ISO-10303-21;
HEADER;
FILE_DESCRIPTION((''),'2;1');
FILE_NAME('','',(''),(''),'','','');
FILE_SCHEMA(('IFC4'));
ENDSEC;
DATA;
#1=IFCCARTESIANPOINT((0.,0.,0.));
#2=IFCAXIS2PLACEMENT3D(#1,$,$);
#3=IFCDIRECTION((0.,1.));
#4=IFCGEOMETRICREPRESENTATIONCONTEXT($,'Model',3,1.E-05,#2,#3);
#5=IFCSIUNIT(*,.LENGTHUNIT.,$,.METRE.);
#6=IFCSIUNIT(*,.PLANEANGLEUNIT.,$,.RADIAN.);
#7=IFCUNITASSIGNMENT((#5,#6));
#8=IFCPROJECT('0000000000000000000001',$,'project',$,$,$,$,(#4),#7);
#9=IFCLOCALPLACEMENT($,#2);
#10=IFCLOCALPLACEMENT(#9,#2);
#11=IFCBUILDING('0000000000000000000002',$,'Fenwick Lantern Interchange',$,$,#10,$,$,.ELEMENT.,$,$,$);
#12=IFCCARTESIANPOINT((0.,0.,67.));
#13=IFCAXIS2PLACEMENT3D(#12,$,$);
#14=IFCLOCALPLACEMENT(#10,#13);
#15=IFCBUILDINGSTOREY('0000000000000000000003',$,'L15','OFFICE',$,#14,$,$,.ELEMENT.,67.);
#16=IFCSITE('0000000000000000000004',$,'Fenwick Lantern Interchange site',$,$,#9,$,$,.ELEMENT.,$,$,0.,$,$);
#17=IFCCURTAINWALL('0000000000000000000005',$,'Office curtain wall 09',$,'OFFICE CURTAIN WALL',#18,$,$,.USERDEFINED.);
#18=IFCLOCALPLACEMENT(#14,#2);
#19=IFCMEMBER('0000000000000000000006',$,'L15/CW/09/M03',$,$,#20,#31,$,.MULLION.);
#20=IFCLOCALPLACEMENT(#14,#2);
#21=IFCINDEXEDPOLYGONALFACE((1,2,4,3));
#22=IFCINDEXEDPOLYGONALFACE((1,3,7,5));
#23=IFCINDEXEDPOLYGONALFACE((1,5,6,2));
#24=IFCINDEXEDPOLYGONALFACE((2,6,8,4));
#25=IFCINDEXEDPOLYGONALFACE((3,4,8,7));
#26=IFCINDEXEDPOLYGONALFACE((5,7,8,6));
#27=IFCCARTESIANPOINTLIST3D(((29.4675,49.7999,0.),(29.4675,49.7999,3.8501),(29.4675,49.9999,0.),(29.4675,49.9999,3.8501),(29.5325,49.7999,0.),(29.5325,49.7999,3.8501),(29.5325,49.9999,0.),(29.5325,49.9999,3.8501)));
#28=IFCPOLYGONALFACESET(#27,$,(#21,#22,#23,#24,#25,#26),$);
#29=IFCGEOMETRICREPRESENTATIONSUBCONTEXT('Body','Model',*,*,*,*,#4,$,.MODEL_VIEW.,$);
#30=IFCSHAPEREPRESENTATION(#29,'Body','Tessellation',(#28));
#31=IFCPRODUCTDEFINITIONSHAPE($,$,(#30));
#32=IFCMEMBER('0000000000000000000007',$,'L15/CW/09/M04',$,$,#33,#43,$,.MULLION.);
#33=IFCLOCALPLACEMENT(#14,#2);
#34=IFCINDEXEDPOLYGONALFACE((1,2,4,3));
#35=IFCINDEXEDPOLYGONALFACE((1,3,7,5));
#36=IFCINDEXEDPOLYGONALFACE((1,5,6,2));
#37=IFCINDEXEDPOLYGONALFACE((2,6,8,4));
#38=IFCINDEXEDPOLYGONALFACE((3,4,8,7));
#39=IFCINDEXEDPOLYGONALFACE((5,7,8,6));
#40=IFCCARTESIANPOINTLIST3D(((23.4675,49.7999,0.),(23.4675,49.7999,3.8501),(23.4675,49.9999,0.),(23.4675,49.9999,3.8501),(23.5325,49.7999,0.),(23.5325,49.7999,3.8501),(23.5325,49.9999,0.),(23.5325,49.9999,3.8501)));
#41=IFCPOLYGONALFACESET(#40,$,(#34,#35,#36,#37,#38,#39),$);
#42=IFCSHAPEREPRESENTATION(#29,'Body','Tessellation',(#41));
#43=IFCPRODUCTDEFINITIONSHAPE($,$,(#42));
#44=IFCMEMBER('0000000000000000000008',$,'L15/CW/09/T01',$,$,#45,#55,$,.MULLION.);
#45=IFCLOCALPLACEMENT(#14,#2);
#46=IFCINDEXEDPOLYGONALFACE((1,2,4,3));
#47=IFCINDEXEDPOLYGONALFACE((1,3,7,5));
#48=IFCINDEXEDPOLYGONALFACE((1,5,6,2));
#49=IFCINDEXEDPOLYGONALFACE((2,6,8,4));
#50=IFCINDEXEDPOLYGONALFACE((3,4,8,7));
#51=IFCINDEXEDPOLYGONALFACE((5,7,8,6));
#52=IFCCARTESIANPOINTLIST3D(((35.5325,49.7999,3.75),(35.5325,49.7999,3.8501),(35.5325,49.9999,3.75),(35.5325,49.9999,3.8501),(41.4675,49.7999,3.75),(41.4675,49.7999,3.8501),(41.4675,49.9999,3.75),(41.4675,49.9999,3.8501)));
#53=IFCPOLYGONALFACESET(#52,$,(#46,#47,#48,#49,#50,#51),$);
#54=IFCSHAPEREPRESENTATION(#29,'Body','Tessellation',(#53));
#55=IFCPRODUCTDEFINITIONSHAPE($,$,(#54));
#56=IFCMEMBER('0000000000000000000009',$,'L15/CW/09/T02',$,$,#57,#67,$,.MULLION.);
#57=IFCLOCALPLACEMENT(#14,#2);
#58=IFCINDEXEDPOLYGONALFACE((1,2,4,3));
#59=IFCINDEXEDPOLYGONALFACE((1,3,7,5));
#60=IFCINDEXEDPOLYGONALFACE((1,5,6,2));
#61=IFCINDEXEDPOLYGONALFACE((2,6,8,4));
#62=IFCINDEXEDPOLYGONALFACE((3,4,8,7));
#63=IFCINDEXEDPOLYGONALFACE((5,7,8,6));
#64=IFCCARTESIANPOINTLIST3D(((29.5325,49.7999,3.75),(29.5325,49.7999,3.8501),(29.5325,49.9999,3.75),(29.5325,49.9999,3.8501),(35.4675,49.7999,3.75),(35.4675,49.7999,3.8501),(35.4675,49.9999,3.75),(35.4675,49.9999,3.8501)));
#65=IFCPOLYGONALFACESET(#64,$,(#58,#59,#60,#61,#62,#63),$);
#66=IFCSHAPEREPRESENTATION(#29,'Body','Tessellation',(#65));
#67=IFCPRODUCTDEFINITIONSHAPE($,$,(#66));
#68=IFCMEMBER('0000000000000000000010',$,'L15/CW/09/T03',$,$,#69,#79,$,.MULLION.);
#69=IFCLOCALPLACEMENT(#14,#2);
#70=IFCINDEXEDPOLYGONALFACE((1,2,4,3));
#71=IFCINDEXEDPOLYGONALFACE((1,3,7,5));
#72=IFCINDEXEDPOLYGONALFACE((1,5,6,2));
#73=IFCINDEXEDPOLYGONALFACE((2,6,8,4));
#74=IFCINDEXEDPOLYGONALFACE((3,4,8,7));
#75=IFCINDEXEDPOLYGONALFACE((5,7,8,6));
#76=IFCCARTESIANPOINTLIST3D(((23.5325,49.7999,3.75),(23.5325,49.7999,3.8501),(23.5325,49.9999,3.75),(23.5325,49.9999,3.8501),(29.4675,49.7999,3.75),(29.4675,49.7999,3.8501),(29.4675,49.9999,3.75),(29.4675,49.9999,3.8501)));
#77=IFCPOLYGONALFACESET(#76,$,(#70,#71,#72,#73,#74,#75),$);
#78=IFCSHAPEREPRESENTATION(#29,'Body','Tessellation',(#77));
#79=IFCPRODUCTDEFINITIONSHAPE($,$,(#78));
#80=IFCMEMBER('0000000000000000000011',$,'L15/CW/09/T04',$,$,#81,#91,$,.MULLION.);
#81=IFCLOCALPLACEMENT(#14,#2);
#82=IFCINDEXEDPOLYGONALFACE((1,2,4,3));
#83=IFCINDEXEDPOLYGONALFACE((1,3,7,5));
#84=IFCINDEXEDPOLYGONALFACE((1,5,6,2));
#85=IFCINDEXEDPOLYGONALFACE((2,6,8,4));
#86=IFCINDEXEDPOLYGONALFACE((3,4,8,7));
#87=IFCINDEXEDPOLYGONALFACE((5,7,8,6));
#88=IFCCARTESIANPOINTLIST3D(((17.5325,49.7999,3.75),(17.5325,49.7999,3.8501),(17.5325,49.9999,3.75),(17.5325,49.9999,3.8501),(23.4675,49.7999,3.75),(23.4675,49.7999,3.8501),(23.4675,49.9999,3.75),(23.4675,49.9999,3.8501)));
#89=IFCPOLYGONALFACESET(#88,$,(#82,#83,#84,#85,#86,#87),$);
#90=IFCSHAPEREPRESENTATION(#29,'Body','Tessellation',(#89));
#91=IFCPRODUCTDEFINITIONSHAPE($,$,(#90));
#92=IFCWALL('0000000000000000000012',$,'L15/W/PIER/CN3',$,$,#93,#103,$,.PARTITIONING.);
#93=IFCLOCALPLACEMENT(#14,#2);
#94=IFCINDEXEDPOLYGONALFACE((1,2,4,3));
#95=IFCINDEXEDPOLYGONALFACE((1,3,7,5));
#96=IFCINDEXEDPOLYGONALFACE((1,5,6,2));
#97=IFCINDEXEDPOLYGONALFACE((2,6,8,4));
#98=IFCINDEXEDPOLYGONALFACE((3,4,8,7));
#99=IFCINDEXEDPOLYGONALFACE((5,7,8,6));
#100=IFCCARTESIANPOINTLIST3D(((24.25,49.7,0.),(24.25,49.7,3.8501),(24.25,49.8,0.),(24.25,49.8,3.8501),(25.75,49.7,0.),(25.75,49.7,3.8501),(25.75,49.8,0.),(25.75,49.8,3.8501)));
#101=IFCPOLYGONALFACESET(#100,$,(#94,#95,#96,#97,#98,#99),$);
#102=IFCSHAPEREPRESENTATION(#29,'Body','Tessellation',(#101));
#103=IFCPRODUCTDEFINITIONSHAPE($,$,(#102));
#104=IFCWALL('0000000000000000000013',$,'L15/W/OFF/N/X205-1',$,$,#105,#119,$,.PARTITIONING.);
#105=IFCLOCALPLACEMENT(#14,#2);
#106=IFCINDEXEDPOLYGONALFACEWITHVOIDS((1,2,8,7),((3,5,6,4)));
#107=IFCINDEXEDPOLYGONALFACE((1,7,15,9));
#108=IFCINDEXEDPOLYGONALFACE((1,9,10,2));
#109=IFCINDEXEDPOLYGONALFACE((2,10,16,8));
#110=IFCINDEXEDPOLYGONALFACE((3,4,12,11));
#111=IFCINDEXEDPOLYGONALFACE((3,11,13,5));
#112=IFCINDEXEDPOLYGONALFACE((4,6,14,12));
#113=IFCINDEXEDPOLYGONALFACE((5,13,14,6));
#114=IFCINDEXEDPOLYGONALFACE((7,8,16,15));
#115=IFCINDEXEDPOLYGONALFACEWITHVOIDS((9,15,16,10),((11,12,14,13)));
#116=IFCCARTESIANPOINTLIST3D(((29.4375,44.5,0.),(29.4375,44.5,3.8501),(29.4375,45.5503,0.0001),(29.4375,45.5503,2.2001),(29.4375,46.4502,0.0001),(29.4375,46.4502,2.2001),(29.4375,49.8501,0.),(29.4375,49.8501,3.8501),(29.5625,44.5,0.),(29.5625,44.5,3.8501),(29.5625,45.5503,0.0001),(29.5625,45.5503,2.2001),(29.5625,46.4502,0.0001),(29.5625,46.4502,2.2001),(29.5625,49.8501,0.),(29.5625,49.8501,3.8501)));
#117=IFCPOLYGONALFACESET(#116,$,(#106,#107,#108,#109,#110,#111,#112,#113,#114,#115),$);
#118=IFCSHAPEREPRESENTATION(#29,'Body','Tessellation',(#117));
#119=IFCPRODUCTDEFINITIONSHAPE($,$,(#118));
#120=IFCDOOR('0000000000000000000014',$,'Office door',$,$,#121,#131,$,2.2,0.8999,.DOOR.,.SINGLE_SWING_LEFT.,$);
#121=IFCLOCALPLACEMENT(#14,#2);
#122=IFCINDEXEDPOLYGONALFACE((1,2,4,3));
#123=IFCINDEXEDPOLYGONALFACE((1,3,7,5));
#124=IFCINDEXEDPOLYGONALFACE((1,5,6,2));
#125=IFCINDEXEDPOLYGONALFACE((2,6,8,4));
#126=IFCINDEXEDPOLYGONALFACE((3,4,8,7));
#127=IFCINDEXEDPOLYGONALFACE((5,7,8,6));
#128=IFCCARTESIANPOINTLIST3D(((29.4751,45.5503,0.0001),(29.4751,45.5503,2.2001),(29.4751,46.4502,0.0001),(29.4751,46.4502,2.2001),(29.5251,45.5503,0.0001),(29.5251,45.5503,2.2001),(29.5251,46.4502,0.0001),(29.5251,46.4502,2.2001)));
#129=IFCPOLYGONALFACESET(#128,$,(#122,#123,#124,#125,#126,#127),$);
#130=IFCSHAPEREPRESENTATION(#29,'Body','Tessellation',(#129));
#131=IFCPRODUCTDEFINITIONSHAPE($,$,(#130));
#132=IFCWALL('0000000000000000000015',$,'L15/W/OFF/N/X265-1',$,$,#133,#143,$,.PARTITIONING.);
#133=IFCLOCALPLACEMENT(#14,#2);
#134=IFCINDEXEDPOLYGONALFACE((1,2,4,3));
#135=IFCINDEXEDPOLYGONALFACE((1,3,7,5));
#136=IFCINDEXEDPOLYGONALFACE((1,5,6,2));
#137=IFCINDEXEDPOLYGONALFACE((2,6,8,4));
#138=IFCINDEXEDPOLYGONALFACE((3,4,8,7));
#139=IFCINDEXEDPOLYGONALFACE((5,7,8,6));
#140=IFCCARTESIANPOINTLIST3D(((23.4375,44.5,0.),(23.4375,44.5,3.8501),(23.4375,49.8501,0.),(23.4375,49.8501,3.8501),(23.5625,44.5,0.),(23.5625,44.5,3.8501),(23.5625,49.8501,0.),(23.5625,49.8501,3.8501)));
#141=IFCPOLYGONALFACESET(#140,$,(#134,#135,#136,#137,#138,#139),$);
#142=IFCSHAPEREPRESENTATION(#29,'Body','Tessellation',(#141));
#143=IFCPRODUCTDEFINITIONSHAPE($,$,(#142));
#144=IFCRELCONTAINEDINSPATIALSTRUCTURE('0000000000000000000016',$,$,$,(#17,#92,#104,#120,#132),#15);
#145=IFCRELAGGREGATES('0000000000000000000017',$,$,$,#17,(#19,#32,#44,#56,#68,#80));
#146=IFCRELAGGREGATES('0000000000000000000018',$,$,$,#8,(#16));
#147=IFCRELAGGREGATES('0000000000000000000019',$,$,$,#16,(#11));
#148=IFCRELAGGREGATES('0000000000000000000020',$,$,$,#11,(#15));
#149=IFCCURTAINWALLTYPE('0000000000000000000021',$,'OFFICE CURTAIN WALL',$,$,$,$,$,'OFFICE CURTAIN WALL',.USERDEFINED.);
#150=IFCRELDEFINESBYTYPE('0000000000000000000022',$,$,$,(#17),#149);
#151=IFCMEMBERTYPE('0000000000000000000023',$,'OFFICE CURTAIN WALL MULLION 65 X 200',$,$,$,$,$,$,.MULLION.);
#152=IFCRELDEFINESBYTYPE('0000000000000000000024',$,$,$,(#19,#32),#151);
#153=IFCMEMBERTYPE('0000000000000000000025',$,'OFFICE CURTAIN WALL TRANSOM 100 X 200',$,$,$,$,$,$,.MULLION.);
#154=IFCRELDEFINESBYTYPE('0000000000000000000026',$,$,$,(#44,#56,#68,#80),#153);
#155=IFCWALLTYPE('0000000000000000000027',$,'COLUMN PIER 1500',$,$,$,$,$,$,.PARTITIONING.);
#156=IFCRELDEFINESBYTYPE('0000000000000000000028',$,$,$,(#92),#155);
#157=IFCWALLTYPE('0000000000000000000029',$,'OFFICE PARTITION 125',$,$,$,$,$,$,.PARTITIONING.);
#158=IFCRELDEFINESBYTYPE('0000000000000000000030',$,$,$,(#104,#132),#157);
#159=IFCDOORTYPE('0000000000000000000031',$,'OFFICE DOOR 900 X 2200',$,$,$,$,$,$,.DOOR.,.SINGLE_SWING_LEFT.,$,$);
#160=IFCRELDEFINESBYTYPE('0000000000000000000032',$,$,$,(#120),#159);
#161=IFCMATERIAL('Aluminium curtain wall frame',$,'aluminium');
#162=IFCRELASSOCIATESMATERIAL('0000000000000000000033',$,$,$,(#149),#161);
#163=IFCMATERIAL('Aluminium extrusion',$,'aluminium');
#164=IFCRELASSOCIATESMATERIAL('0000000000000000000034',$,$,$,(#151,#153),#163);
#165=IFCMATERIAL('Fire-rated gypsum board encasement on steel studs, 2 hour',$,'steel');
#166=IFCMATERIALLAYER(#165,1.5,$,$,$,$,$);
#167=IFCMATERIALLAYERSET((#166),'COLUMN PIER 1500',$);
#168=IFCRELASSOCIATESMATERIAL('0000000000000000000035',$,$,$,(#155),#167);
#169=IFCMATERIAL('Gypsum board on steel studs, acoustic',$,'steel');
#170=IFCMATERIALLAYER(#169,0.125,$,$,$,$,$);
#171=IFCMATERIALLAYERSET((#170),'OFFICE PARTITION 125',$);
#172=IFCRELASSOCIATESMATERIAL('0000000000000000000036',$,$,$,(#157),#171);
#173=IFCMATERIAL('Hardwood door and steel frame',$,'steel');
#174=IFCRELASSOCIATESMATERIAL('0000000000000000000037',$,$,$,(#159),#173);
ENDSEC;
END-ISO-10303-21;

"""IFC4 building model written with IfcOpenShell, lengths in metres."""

from ifc_helpers import new_model, si_unit, direction, frame, frame_2d, origin, origin_2d, place, context, subcontext, project, spatial, rectangle, extrude, material, layer, layer_set, material_profile, profile_set, type_object, element, fill, aggregate, save


model = new_model("IFC4")

# Units and contexts
model_context = context("Model", 3, precision=1e-05, world=origin(), true_north=direction((0.0, 1.0)))
body_context = subcontext(model_context, "Body", "Model", "MODEL_VIEW")
ifc_project = project(units=[si_unit("LENGTHUNIT", "METRE"), si_unit("PLANEANGLEUNIT", "RADIAN")], contexts=[model_context])

# Site, building, storey
site_placement = place(None, origin())
site = spatial("IfcSite", under=ifc_project, at=site_placement, Name="Fenwick Lantern Interchange site", CompositionType="ELEMENT", RefElevation=0.0)
building_placement = place(site_placement, origin())
building = spatial("IfcBuilding", under=site, at=building_placement, Name="Fenwick Lantern Interchange", CompositionType="ELEMENT")
storey_placement = place(building_placement, frame((0.0, 0.0, 67.0)))
storey = spatial("IfcBuildingStorey", under=building, at=storey_placement, Name="L15", Description="OFFICE", CompositionType="ELEMENT", Elevation=67.0)

# Curtain wall, members
ifc_material_1 = material(Name="Aluminium curtain wall frame", Category="aluminium")
curtain_wall_type = type_object("IfcCurtainWallType", Name="OFFICE CURTAIN WALL", ElementType="OFFICE CURTAIN WALL", PredefinedType="USERDEFINED", material=ifc_material_1)
curtain_wall_placement = place(storey_placement, origin())
curtain_wall = element("IfcCurtainWall", 1, at=curtain_wall_placement, inside=storey, type_object=curtain_wall_type, Name="Office curtain wall 09", ObjectType="OFFICE CURTAIN WALL", PredefinedType="USERDEFINED")
ifc_material_2 = material(Name="Aluminium extrusion", Category="aluminium")
ifc_material_profile_1 = material_profile(ifc_material_2, rectangle(XDim=0.2, YDim=0.0649, at=origin_2d()), Name="OFFICE CURTAIN WALL MULLION 65 X 200")
ifc_profile_set_1 = profile_set([ifc_material_profile_1], Name="Aluminium extrusion")
member_type_1 = type_object("IfcMemberType", Name="OFFICE CURTAIN WALL MULLION 65 X 200", PredefinedType="MULLION", material=ifc_profile_set_1)
member_1_placement = place(storey_placement, frame((29.5, 49.8999, 0.0), z_axis=(0.0, 0.0, 1.0), x_axis=(0.0, -1.0, 0.0)))
member_1 = element("IfcMember", 2, at=member_1_placement, type_object=member_type_1, Name="L15/CW/09/M03", PredefinedType="MULLION", context=body_context, shape_type="SweptSolid", body=[
    extrude(rectangle(XDim=0.2, YDim=0.0649, at=origin_2d()), origin(), (0.0, 0.0, 1.0), 3.8501),
])
member_2_placement = place(storey_placement, frame((23.5, 49.8999, 0.0), z_axis=(0.0, 0.0, 1.0), x_axis=(0.0, -1.0, 0.0)))
member_2 = element("IfcMember", 3, at=member_2_placement, type_object=member_type_1, Name="L15/CW/09/M04", PredefinedType="MULLION", context=body_context, shape_type="SweptSolid", body=[
    extrude(rectangle(XDim=0.2, YDim=0.0649, at=origin_2d()), origin(), (0.0, 0.0, 1.0), 3.8501),
])
ifc_material_profile_2 = material_profile(ifc_material_2, rectangle(XDim=0.2, YDim=0.1001, at=origin_2d()), Name="OFFICE CURTAIN WALL TRANSOM 100 X 200")
ifc_profile_set_2 = profile_set([ifc_material_profile_2], Name="Aluminium extrusion")
member_type_2 = type_object("IfcMemberType", Name="OFFICE CURTAIN WALL TRANSOM 100 X 200", PredefinedType="MULLION", material=ifc_profile_set_2)
member_3_placement = place(storey_placement, frame((41.4675, 49.8999, 3.8), z_axis=(-1.0, 0.0, 0.0), x_axis=(0.0, -1.0, 0.0)))
member_3 = element("IfcMember", 4, at=member_3_placement, type_object=member_type_2, Name="L15/CW/09/T01", PredefinedType="MULLION", context=body_context, shape_type="SweptSolid", body=[
    extrude(rectangle(XDim=0.2, YDim=0.1001, at=origin_2d()), origin(), (0.0, 0.0, 1.0), 5.9351),
])
member_4_placement = place(storey_placement, frame((35.4675, 49.8999, 3.8), z_axis=(-1.0, 0.0, 0.0), x_axis=(0.0, -1.0, 0.0)))
member_4 = element("IfcMember", 5, at=member_4_placement, type_object=member_type_2, Name="L15/CW/09/T02", PredefinedType="MULLION", context=body_context, shape_type="SweptSolid", body=[
    extrude(rectangle(XDim=0.2, YDim=0.1001, at=origin_2d()), origin(), (0.0, 0.0, 1.0), 5.9351),
])
member_5_placement = place(storey_placement, frame((29.4675, 49.8999, 3.8), z_axis=(-1.0, 0.0, 0.0), x_axis=(0.0, -1.0, 0.0)))
member_5 = element("IfcMember", 6, at=member_5_placement, type_object=member_type_2, Name="L15/CW/09/T03", PredefinedType="MULLION", context=body_context, shape_type="SweptSolid", body=[
    extrude(rectangle(XDim=0.2, YDim=0.1001, at=origin_2d()), origin(), (0.0, 0.0, 1.0), 5.9351),
])
member_6_placement = place(storey_placement, frame((23.4675, 49.8999, 3.8), z_axis=(-1.0, 0.0, 0.0), x_axis=(0.0, -1.0, 0.0)))
member_6 = element("IfcMember", 7, at=member_6_placement, type_object=member_type_2, Name="L15/CW/09/T04", PredefinedType="MULLION", context=body_context, shape_type="SweptSolid", body=[
    extrude(rectangle(XDim=0.2, YDim=0.1001, at=origin_2d()), origin(), (0.0, 0.0, 1.0), 5.9351),
])
aggregate(curtain_wall, [member_1, member_2, member_3, member_4, member_5, member_6])

# Wall
ifc_material_3 = material(Name="Fire-rated gypsum board encasement on steel studs, 2 hour", Category="steel")
ifc_layer_1 = layer(ifc_material_3, 1.5)
ifc_layer_set_1 = layer_set([ifc_layer_1], Name="COLUMN PIER 1500")
wall_type_1 = type_object("IfcWallType", Name="COLUMN PIER 1500", PredefinedType="PARTITIONING", material=ifc_layer_set_1)
wall_1_placement = place(storey_placement, frame((25.0, 49.8, 0.0), z_axis=(0.0, 0.0, 1.0), x_axis=(0.0, -1.0, 0.0)))
element("IfcWall", 8, at=wall_1_placement, inside=storey, type_object=wall_type_1, Name="L15/W/PIER/CN3", PredefinedType="PARTITIONING", context=body_context, shape_type="SweptSolid", body=[
    extrude(rectangle(XDim=0.1001, YDim=1.5, at=frame_2d((0.05, 0.0))), origin(), (0.0, 0.0, 1.0), 3.8501),
])

# Wall, opening, door
ifc_material_4 = material(Name="Gypsum board on steel studs, acoustic", Category="steel")
ifc_layer_2 = layer(ifc_material_4, 0.125)
ifc_layer_set_2 = layer_set([ifc_layer_2], Name="OFFICE PARTITION 125")
wall_type_2 = type_object("IfcWallType", Name="OFFICE PARTITION 125", PredefinedType="PARTITIONING", material=ifc_layer_set_2)
wall_2_placement = place(storey_placement, frame((29.5, 49.8501, 0.0), z_axis=(0.0, 0.0, 1.0), x_axis=(0.0, -1.0, 0.0)))
wall_2 = element("IfcWall", 9, at=wall_2_placement, inside=storey, type_object=wall_type_2, Name="L15/W/OFF/N/X205-1", PredefinedType="PARTITIONING", context=body_context, shape_type="SweptSolid", body=[
    extrude(rectangle(XDim=5.3501, YDim=0.125, at=frame_2d((2.675, 0.0))), origin(), (0.0, 0.0, 1.0), 3.8501),
])
opening_1_placement = place(wall_2_placement, frame((3.3999, 0.0, 0.0)))
opening_1 = element("IfcOpeningElement", 10, at=opening_1_placement, cuts=wall_2, PredefinedType="OPENING", context=body_context, shape_type="SweptSolid", body=[
    extrude(rectangle(XDim=0.8999, YDim=2.2, at=frame_2d((0.45, 1.1001))), frame((0.0, 0.0725, 0.0), z_axis=(0.0, -1.0, 0.0), x_axis=(1.0, 0.0, 0.0)), (0.0, 0.0, 1.0), 0.145),
])
ifc_material_5 = material(Name="Hardwood door and steel frame", Category="steel")
door_type_1 = type_object("IfcDoorType", Name="OFFICE DOOR 900 X 2200", OperationType="SINGLE_SWING_LEFT", PredefinedType="DOOR", material=ifc_material_5)
door_1_placement = place(opening_1_placement, frame((0.8999, 0.0, 0.0), z_axis=(0.0, 0.0, 1.0), x_axis=(-1.0, 0.0, 0.0)))
door_1 = element("IfcDoor", 11, at=door_1_placement, inside=storey, type_object=door_type_1, Name="Office door", OperationType="SINGLE_SWING_LEFT", OverallHeight=2.2, OverallWidth=0.8999, PredefinedType="DOOR", context=body_context, shape_type="SweptSolid", body=[
    extrude(rectangle(XDim=0.8999, YDim=2.2, at=frame_2d((0.45, 1.1001))), frame((0.0, 0.0249, 0.0), z_axis=(0.0, -1.0, 0.0), x_axis=(1.0, 0.0, 0.0)), (0.0, 0.0, 1.0), 0.05),
])
fill(opening_1, door_1)

# Wall
wall_3_placement = place(storey_placement, frame((23.5, 49.8501, 0.0), z_axis=(0.0, 0.0, 1.0), x_axis=(0.0, -1.0, 0.0)))
element("IfcWall", 12, at=wall_3_placement, inside=storey, type_object=wall_type_2, Name="L15/W/OFF/N/X265-1", PredefinedType="PARTITIONING", context=body_context, shape_type="SweptSolid", body=[
    extrude(rectangle(XDim=5.3501, YDim=0.125, at=frame_2d((2.675, 0.0))), origin(), (0.0, 0.0, 1.0), 3.8501),
])

save(model, "model.ifc")
